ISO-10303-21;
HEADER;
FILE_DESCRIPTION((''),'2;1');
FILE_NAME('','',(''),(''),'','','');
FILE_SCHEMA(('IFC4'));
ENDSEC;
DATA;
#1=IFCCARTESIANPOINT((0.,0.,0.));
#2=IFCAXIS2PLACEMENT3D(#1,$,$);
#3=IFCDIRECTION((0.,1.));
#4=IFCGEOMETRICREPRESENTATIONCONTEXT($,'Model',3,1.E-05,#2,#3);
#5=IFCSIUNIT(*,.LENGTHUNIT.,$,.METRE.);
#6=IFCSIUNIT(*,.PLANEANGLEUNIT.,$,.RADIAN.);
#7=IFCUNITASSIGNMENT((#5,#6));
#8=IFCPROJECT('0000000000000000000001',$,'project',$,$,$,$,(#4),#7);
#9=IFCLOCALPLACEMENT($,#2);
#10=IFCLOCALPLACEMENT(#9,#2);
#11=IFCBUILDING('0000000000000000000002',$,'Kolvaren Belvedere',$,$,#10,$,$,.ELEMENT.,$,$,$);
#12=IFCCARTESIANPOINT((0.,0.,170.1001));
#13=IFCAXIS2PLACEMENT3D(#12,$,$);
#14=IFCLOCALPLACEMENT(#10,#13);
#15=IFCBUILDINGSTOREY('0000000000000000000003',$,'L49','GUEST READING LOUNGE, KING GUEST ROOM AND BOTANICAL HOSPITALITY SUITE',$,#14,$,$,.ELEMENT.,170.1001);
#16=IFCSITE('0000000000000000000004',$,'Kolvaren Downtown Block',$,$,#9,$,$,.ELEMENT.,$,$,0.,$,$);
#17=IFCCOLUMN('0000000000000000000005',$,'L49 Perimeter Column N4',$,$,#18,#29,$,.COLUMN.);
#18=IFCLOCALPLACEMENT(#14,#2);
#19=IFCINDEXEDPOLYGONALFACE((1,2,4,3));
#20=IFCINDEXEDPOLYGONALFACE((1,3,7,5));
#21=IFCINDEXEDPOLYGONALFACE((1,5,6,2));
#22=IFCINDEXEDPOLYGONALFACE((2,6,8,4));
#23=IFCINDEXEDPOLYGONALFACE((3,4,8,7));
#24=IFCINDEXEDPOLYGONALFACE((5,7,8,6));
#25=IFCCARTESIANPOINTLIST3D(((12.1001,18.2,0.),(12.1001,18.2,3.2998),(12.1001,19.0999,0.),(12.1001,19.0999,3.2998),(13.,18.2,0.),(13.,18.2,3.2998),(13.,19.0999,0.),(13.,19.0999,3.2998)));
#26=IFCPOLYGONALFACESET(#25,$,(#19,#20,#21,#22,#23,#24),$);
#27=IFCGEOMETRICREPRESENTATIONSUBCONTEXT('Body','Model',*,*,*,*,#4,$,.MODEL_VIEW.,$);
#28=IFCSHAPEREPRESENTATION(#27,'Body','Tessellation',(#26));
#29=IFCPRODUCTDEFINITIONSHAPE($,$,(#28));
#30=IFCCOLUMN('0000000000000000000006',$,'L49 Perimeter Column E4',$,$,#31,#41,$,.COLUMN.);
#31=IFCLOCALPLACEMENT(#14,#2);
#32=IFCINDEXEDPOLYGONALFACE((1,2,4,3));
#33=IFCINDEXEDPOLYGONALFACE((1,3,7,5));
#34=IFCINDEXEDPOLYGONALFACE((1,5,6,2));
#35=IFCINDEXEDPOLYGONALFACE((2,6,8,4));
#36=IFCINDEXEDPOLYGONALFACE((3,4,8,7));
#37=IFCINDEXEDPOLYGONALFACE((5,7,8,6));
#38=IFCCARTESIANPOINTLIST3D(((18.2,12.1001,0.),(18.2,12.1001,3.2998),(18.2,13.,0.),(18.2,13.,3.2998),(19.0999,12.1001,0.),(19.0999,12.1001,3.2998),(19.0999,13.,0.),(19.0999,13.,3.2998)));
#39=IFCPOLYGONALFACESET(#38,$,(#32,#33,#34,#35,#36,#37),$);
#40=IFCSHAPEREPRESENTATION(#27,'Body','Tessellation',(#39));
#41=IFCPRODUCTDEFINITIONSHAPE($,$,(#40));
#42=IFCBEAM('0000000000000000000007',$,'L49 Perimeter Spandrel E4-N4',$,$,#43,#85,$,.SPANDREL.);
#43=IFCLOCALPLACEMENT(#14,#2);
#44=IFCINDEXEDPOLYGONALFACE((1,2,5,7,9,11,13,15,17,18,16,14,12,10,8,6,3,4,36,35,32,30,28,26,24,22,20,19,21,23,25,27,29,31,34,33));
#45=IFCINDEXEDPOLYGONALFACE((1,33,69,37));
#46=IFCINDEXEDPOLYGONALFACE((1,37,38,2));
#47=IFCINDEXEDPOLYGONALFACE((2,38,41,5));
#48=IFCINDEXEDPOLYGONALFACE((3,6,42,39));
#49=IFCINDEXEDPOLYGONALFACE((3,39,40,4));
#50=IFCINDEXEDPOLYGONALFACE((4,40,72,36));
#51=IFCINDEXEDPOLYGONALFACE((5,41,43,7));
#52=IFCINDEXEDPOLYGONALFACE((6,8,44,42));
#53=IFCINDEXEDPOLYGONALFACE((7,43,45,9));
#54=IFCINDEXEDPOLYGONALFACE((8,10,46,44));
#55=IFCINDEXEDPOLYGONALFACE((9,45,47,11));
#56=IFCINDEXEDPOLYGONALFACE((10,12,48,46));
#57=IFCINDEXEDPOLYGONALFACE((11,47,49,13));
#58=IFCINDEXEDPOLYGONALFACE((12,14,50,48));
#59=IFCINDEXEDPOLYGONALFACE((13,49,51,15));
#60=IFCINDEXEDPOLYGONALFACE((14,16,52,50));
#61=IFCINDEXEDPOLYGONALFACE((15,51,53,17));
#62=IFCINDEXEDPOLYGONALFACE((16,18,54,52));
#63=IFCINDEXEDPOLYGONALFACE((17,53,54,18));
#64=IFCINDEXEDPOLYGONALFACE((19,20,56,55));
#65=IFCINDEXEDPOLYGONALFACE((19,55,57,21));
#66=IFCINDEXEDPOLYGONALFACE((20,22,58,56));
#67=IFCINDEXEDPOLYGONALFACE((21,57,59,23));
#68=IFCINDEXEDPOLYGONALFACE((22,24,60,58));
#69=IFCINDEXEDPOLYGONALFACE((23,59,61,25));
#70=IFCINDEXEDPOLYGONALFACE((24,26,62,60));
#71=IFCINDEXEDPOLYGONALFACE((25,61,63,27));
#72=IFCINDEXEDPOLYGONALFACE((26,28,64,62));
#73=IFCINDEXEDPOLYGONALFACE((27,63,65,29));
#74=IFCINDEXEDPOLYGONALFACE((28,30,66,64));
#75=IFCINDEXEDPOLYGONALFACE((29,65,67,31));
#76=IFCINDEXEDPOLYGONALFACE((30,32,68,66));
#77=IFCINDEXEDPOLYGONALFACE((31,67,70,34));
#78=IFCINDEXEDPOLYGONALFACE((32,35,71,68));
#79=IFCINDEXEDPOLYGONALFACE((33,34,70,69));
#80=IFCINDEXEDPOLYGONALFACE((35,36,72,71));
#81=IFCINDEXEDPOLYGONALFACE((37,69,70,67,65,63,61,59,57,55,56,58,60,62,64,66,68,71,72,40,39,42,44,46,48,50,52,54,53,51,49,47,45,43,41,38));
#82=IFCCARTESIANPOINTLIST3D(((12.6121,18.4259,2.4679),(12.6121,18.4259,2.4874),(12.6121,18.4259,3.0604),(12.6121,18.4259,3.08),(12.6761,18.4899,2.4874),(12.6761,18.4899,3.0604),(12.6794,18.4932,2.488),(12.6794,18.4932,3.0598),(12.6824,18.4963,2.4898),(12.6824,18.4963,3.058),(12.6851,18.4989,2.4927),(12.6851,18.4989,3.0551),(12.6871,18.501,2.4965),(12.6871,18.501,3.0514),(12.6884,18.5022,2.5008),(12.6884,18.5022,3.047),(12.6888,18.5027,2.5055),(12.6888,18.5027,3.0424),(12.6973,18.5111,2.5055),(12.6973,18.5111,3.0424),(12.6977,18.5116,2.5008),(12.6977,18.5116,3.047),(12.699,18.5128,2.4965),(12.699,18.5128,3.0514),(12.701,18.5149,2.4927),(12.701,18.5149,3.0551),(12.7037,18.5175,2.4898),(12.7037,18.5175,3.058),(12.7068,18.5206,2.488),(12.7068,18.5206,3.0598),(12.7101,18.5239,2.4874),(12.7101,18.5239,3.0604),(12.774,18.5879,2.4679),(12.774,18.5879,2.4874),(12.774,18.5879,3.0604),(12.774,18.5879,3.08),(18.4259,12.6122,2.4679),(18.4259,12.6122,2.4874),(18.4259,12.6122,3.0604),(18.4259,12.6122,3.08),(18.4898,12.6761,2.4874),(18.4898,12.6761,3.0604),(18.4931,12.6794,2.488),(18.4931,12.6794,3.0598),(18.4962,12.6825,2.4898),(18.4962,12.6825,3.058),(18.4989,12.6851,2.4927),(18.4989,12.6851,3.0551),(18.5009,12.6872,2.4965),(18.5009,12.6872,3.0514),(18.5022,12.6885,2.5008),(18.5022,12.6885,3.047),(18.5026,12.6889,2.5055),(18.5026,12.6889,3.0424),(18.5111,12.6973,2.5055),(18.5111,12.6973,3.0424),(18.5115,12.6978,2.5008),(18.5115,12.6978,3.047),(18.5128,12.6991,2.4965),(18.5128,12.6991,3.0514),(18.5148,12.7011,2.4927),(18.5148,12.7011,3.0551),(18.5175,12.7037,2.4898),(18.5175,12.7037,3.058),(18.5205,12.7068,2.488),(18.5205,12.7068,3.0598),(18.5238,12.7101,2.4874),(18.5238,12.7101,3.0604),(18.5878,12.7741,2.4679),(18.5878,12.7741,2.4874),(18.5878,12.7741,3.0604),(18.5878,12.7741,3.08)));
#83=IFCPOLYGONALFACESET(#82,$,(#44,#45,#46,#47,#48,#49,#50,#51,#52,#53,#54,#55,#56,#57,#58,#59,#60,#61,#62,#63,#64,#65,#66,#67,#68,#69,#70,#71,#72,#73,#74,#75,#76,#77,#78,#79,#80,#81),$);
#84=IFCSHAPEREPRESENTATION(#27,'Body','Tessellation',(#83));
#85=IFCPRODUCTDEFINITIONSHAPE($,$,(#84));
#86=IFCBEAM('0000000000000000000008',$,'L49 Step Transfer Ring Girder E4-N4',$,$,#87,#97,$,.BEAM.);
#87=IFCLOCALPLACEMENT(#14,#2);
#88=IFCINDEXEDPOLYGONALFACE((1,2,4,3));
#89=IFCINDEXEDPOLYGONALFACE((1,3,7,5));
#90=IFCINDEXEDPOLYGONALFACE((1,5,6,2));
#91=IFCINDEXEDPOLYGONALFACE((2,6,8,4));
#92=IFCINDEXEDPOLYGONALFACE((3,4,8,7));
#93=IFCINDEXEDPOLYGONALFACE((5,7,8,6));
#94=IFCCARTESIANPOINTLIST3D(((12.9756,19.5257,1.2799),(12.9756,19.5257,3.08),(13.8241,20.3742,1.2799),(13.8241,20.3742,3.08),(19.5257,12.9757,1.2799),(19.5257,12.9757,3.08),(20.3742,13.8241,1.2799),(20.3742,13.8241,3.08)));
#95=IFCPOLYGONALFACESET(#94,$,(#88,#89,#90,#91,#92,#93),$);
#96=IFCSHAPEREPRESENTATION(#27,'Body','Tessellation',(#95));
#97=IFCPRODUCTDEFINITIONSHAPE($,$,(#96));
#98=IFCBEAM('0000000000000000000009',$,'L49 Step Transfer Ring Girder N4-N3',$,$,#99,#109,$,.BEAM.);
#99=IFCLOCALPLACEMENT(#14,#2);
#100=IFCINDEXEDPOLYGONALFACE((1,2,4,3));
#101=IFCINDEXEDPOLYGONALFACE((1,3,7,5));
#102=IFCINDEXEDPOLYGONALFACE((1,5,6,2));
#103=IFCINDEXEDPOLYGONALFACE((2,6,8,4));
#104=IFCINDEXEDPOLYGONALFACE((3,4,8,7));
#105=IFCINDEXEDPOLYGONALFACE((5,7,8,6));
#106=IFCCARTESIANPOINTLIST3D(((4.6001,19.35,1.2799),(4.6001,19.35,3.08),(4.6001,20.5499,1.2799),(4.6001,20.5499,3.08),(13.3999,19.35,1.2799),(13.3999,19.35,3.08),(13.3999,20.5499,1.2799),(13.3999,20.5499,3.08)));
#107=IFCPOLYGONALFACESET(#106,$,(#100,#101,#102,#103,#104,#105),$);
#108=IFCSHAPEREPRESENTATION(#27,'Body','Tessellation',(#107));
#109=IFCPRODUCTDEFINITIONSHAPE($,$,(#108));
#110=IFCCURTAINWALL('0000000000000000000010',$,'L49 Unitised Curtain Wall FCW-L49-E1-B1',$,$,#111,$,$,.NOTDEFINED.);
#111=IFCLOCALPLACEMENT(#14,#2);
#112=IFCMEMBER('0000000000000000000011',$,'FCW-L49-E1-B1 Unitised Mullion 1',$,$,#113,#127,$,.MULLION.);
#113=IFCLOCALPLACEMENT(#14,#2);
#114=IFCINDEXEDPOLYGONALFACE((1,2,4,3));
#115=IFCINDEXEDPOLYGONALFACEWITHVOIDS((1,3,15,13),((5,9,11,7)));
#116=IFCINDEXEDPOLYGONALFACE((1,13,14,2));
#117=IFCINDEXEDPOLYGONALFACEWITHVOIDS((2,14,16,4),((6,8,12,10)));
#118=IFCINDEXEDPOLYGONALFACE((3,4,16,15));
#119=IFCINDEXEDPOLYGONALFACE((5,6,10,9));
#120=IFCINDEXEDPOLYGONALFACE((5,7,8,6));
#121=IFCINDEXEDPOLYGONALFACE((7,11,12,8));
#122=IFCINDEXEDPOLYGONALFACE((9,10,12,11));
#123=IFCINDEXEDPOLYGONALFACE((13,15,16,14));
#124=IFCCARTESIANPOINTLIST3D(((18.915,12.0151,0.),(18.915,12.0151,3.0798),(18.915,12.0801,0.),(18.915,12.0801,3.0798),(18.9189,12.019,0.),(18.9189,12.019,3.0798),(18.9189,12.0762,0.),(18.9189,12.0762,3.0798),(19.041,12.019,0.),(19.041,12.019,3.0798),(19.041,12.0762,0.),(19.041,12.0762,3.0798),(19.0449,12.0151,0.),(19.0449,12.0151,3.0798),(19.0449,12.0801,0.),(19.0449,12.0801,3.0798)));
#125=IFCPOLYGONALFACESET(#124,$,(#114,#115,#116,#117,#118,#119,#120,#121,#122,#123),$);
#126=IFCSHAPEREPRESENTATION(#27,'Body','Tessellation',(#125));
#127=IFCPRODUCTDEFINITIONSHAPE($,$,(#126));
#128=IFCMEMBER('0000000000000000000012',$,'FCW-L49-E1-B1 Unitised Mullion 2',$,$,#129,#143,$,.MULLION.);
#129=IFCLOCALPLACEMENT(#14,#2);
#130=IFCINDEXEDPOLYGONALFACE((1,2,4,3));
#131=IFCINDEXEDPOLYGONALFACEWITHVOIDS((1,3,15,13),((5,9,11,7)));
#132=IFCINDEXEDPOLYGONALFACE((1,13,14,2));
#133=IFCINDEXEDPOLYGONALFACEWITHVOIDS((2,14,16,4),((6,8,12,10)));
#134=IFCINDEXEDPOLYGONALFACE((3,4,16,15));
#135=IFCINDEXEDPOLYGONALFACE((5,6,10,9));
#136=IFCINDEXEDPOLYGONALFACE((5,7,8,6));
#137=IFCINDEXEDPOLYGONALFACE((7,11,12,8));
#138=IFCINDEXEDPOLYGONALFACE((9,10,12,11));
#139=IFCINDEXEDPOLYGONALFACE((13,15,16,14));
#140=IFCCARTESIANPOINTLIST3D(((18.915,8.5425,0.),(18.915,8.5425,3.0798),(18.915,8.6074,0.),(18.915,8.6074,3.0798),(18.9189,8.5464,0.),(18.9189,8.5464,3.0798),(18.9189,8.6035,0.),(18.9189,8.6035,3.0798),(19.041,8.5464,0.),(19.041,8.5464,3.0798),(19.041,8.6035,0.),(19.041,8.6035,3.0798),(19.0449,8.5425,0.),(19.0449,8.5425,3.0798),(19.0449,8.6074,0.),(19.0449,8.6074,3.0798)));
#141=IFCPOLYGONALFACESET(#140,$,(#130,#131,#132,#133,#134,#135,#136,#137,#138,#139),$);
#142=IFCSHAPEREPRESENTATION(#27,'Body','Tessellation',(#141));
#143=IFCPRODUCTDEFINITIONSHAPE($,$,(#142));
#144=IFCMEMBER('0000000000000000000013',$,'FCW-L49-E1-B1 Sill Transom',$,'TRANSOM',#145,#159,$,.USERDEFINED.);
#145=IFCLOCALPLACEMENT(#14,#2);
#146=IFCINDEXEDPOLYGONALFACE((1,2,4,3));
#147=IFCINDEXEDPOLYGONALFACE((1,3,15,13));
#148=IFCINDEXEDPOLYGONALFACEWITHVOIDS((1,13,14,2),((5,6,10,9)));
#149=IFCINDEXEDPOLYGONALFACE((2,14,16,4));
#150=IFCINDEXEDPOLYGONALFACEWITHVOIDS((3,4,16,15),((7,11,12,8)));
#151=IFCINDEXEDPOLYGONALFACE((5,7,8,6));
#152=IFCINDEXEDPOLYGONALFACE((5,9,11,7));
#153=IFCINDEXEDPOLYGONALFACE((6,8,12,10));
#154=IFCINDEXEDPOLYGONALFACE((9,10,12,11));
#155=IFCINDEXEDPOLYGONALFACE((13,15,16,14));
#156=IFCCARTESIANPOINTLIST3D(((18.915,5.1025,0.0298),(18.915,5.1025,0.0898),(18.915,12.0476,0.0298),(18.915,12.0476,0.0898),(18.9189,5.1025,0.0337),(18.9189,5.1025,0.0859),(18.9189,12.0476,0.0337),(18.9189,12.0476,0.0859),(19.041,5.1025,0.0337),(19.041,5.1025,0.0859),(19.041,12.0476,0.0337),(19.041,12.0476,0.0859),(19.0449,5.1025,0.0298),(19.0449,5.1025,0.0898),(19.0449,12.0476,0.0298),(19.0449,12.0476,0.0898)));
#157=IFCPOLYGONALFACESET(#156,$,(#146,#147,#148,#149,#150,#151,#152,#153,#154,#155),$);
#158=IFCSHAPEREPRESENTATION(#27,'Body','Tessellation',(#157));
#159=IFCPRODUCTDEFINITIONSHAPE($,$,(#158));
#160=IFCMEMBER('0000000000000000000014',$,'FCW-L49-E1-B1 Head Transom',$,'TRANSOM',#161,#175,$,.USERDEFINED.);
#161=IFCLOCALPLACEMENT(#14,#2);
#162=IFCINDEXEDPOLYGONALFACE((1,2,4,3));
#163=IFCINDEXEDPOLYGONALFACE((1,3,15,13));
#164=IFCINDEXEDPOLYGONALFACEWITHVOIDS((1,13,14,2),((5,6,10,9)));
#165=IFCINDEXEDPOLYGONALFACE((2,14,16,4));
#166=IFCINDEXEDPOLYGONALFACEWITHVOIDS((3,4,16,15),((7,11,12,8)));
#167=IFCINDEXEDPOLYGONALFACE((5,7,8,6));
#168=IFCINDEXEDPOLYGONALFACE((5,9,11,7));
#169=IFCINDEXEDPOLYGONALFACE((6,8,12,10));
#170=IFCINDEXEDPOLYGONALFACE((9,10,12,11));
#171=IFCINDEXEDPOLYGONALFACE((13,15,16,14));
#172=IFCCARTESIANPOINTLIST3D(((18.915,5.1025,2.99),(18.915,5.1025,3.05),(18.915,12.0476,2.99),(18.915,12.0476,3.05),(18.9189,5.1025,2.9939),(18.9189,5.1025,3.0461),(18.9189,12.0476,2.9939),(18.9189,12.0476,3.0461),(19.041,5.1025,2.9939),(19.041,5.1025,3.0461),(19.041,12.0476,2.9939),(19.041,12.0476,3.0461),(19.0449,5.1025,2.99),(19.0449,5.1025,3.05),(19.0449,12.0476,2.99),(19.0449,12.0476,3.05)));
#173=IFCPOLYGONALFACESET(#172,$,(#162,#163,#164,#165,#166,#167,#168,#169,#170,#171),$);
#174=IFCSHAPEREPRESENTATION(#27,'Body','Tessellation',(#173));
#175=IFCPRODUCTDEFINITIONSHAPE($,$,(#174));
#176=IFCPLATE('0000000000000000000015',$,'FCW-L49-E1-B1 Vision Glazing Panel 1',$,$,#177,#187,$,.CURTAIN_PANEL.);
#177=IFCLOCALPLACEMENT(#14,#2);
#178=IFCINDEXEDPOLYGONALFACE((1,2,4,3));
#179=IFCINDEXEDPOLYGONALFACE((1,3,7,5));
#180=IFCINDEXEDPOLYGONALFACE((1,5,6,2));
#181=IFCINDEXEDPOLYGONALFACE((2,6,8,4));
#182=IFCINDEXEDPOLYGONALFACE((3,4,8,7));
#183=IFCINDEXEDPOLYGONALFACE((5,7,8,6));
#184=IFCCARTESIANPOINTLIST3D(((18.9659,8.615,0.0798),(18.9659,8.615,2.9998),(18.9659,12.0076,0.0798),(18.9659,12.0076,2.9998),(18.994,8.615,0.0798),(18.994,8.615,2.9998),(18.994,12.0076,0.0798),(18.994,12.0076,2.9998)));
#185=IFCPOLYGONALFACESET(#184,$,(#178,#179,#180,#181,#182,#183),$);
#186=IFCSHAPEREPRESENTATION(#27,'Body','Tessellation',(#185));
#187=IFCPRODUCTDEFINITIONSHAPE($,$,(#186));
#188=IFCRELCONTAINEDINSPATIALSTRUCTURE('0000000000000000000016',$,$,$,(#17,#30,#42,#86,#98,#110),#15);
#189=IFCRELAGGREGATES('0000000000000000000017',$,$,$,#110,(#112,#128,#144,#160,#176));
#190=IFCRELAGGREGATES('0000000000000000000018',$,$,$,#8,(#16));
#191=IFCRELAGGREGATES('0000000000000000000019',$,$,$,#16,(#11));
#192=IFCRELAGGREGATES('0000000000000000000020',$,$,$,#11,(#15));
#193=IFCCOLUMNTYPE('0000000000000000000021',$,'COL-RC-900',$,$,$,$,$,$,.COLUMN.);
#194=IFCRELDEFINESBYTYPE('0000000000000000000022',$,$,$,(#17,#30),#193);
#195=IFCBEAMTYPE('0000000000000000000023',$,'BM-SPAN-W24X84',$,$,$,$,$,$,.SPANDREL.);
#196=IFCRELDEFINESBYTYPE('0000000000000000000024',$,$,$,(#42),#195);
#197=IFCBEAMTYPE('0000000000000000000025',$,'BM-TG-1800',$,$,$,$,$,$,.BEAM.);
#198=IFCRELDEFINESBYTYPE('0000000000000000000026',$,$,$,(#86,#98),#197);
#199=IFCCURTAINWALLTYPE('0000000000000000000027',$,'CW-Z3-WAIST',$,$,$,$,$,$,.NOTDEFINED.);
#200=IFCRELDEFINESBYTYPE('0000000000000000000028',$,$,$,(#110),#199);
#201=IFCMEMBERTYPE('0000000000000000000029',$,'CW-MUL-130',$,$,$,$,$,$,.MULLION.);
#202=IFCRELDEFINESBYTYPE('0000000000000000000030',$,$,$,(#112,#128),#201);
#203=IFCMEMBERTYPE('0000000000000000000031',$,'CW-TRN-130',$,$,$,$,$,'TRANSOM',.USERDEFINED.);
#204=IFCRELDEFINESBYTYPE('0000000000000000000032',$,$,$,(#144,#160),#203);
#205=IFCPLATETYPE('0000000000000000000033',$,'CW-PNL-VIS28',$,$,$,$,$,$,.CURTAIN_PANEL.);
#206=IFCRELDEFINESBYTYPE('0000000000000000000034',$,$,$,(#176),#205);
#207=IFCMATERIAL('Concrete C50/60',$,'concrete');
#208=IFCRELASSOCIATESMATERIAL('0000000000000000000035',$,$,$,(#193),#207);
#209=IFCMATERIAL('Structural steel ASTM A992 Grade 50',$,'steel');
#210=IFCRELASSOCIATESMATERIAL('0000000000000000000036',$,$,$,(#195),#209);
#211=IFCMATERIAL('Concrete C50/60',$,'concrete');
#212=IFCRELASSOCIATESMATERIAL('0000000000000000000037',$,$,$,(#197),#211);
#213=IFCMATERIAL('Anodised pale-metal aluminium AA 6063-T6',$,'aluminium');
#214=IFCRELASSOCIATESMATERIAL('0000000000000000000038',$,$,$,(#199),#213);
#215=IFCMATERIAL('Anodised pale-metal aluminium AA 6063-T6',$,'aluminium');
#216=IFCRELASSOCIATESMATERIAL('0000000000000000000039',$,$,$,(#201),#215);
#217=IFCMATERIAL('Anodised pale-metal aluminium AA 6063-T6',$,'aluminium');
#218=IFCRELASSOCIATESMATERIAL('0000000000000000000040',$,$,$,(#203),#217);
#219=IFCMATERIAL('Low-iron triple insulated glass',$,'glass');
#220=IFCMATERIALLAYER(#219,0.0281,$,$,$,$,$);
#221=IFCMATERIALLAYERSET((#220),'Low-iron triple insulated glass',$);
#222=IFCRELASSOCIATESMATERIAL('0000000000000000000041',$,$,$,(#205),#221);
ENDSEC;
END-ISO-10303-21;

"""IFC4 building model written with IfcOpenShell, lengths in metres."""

from ifc_helpers import new_model, si_unit, direction, frame, origin, origin_2d, place, context, subcontext, project, spatial, rectangle, hollow_rectangle, i_section, extrude, material, layer, layer_set, material_profile, profile_set, type_object, element, aggregate, save


model = new_model("IFC4")

# Units and contexts
model_context = context("Model", 3, precision=1e-05, world=origin(), true_north=direction((0.0, 1.0)))
body_context = subcontext(model_context, "Body", "Model", "MODEL_VIEW")
ifc_project = project(units=[si_unit("LENGTHUNIT", "METRE"), si_unit("PLANEANGLEUNIT", "RADIAN")], contexts=[model_context])

# Site, building, storey
site_placement = place(None, origin())
site = spatial("IfcSite", under=ifc_project, at=site_placement, Name="Kolvaren Downtown Block", CompositionType="ELEMENT", RefElevation=0.0)
building_placement = place(site_placement, origin())
building = spatial("IfcBuilding", under=site, at=building_placement, Name="Kolvaren Belvedere", CompositionType="ELEMENT")
storey_placement = place(building_placement, frame((0.0, 0.0, 170.1001)))
storey = spatial("IfcBuildingStorey", under=building, at=storey_placement, Name="L49", Description="GUEST READING LOUNGE, KING GUEST ROOM AND BOTANICAL HOSPITALITY SUITE", CompositionType="ELEMENT", Elevation=170.1001)

# Columns
ifc_material_1 = material(Name="Concrete C50/60", Category="concrete")
ifc_material_profile_1 = material_profile(ifc_material_1, rectangle(XDim=0.8999, YDim=0.8999, at=origin_2d()), Name="RC 900X900")
ifc_profile_set_1 = profile_set([ifc_material_profile_1], Name="Concrete C50/60")
column_type = type_object("IfcColumnType", Name="COL-RC-900", PredefinedType="COLUMN", material=ifc_profile_set_1)
for number, where, z_axis, x_axis, name in (
    (1, (12.55, 18.6499, 0.0), (0.0, 0.0, 1.0), (1.0, 0.0, 0.0), "L49 Perimeter Column N4"),
    (2, (18.6499, 12.55, 0.0), (0.0, 0.0, 1.0), (1.0, 0.0, 0.0), "L49 Perimeter Column E4"),
):
    element("IfcColumn", number, at=place(storey_placement, frame(where, z_axis=z_axis, x_axis=x_axis)), inside=storey, type_object=column_type, Name=name, PredefinedType="COLUMN", context=body_context, shape_type="SweptSolid", body=[
        extrude(rectangle(XDim=0.8999, YDim=0.8999, at=origin_2d()), origin(), (0.0, 0.0, 1.0), 3.2998),
    ])

# Beams
ifc_material_2 = material(Name="Structural steel ASTM A992 Grade 50", Category="steel")
ifc_material_profile_2 = material_profile(ifc_material_2, i_section(OverallWidth=0.229, OverallDepth=0.6121, WebThickness=0.012, FlangeThickness=0.0195, FilletRadius=0.0181, at=origin_2d()), Name="W24X84")
ifc_profile_set_2 = profile_set([ifc_material_profile_2], Name="Structural steel ASTM A992 Grade 50")
beam_type_1 = type_object("IfcBeamType", Name="BM-SPAN-W24X84", PredefinedType="SPANDREL", material=ifc_profile_set_2)
beam_1_placement = place(storey_placement, frame((18.5068, 12.6931, 2.7739), z_axis=(-0.707107, 0.707107, 0.0), x_axis=(-0.707107, -0.707107, 0.0)))
element("IfcBeam", 3, at=beam_1_placement, inside=storey, type_object=beam_type_1, Name="L49 Perimeter Spandrel E4-N4", PredefinedType="SPANDREL", context=body_context, shape_type="SweptSolid", body=[
    extrude(i_section(OverallWidth=0.229, OverallDepth=0.6121, WebThickness=0.012, FlangeThickness=0.0195, FilletRadius=0.0181, at=origin_2d()), origin(), (0.0, 0.0, 1.0), 8.2219),
])
ifc_material_3 = material(Name="Concrete C50/60", Category="concrete")
ifc_material_profile_3 = material_profile(ifc_material_3, rectangle(XDim=1.2, YDim=1.8, at=origin_2d()), Name="RC 1200X1800")
ifc_profile_set_3 = profile_set([ifc_material_profile_3], Name="Concrete C50/60")
beam_type_2 = type_object("IfcBeamType", Name="BM-TG-1800", PredefinedType="BEAM", material=ifc_profile_set_3)
beam_2_placement = place(storey_placement, frame((19.95, 13.3999, 2.1799), z_axis=(-0.707107, 0.707107, 0.0), x_axis=(-0.707107, -0.707107, 0.0)))
element("IfcBeam", 4, at=beam_2_placement, inside=storey, type_object=beam_type_2, Name="L49 Step Transfer Ring Girder E4-N4", PredefinedType="BEAM", context=body_context, shape_type="SweptSolid", body=[
    extrude(rectangle(XDim=1.2, YDim=1.8, at=origin_2d()), origin(), (0.0, 0.0, 1.0), 9.2632),
])
beam_3_placement = place(storey_placement, frame((13.3999, 19.95, 2.1799), z_axis=(-1.0, 0.0, 0.0), x_axis=(0.0, -1.0, 0.0)))
element("IfcBeam", 5, at=beam_3_placement, inside=storey, type_object=beam_type_2, Name="L49 Step Transfer Ring Girder N4-N3", PredefinedType="BEAM", context=body_context, shape_type="SweptSolid", body=[
    extrude(rectangle(XDim=1.2, YDim=1.8, at=origin_2d()), origin(), (0.0, 0.0, 1.0), 8.7998),
])

# Curtain wall, members, plate
ifc_material_4 = material(Name="Anodised pale-metal aluminium AA 6063-T6", Category="aluminium")
curtain_wall_type = type_object("IfcCurtainWallType", Name="CW-Z3-WAIST", PredefinedType="NOTDEFINED", material=ifc_material_4)
curtain_wall_placement = place(storey_placement, origin())
curtain_wall = element("IfcCurtainWall", 6, at=curtain_wall_placement, inside=storey, type_object=curtain_wall_type, Name="L49 Unitised Curtain Wall FCW-L49-E1-B1", PredefinedType="NOTDEFINED")
ifc_material_5 = material(Name="Anodised pale-metal aluminium AA 6063-T6", Category="aluminium")
ifc_material_profile_4 = material_profile(ifc_material_5, hollow_rectangle(XDim=0.0649, YDim=0.1299, WallThickness=0.0039, at=origin_2d()), Name="ALU-MUL-130X65")
ifc_profile_set_4 = profile_set([ifc_material_profile_4], Name="Anodised pale-metal aluminium AA 6063-T6")
member_type_1 = type_object("IfcMemberType", Name="CW-MUL-130", PredefinedType="MULLION", material=ifc_profile_set_4)
member_1_placement = place(storey_placement, frame((18.98, 12.0476, 0.0), z_axis=(0.0, 0.0, 1.0), x_axis=(0.0, 1.0, 0.0)))
member_1 = element("IfcMember", 7, at=member_1_placement, type_object=member_type_1, Name="FCW-L49-E1-B1 Unitised Mullion 1", PredefinedType="MULLION", context=body_context, shape_type="SweptSolid", body=[
    extrude(hollow_rectangle(XDim=0.0649, YDim=0.1299, WallThickness=0.0039, at=origin_2d()), origin(), (0.0, 0.0, 1.0), 3.0798),
])
member_2_placement = place(storey_placement, frame((18.98, 8.575, 0.0), z_axis=(0.0, 0.0, 1.0), x_axis=(0.0, 1.0, 0.0)))
member_2 = element("IfcMember", 8, at=member_2_placement, type_object=member_type_1, Name="FCW-L49-E1-B1 Unitised Mullion 2", PredefinedType="MULLION", context=body_context, shape_type="SweptSolid", body=[
    extrude(hollow_rectangle(XDim=0.0649, YDim=0.1299, WallThickness=0.0039, at=origin_2d()), origin(), (0.0, 0.0, 1.0), 3.0798),
])
ifc_material_6 = material(Name="Anodised pale-metal aluminium AA 6063-T6", Category="aluminium")
ifc_material_profile_5 = material_profile(ifc_material_6, hollow_rectangle(XDim=0.0601, YDim=0.1299, WallThickness=0.0039, at=origin_2d()), Name="ALU-TRN-130X60")
ifc_profile_set_5 = profile_set([ifc_material_profile_5], Name="Anodised pale-metal aluminium AA 6063-T6")
member_type_2 = type_object("IfcMemberType", Name="CW-TRN-130", ElementType="TRANSOM", PredefinedType="USERDEFINED", material=ifc_profile_set_5)
member_3_placement = place(storey_placement, frame((18.98, 12.0476, 0.0598), z_axis=(0.0, -1.0, 0.0), x_axis=(0.0, 0.0, 1.0)))
member_3 = element("IfcMember", 9, at=member_3_placement, type_object=member_type_2, Name="FCW-L49-E1-B1 Sill Transom", ObjectType="TRANSOM", PredefinedType="USERDEFINED", context=body_context, shape_type="SweptSolid", body=[
    extrude(hollow_rectangle(XDim=0.0601, YDim=0.1299, WallThickness=0.0039, at=origin_2d()), origin(), (0.0, 0.0, 1.0), 6.9451),
])
member_4_placement = place(storey_placement, frame((18.98, 12.0476, 3.02), z_axis=(0.0, -1.0, 0.0), x_axis=(0.0, 0.0, 1.0)))
member_4 = element("IfcMember", 10, at=member_4_placement, type_object=member_type_2, Name="FCW-L49-E1-B1 Head Transom", ObjectType="TRANSOM", PredefinedType="USERDEFINED", context=body_context, shape_type="SweptSolid", body=[
    extrude(hollow_rectangle(XDim=0.0601, YDim=0.1299, WallThickness=0.0039, at=origin_2d()), origin(), (0.0, 0.0, 1.0), 6.9451),
])
ifc_material_7 = material(Name="Low-iron triple insulated glass", Category="glass")
ifc_layer_1 = layer(ifc_material_7, 0.0281)
ifc_layer_set_1 = layer_set([ifc_layer_1], Name="Low-iron triple insulated glass")
plate_type_1 = type_object("IfcPlateType", Name="CW-PNL-VIS28", PredefinedType="CURTAIN_PANEL", material=ifc_layer_set_1)
plate_1_placement = place(storey_placement, frame((18.98, 10.3113, 0.0798), z_axis=(0.0, 0.0, 1.0), x_axis=(0.0, -1.0, 0.0)))
plate_1 = element("IfcPlate", 11, at=plate_1_placement, type_object=plate_type_1, Name="FCW-L49-E1-B1 Vision Glazing Panel 1", PredefinedType="CURTAIN_PANEL", context=body_context, shape_type="SweptSolid", body=[
    extrude(rectangle(XDim=3.3926, YDim=0.0281, at=origin_2d()), origin(), (0.0, 0.0, 1.0), 2.9199),
])
aggregate(curtain_wall, [member_1, member_2, member_3, member_4, plate_1])

save(model, "model.ifc")
